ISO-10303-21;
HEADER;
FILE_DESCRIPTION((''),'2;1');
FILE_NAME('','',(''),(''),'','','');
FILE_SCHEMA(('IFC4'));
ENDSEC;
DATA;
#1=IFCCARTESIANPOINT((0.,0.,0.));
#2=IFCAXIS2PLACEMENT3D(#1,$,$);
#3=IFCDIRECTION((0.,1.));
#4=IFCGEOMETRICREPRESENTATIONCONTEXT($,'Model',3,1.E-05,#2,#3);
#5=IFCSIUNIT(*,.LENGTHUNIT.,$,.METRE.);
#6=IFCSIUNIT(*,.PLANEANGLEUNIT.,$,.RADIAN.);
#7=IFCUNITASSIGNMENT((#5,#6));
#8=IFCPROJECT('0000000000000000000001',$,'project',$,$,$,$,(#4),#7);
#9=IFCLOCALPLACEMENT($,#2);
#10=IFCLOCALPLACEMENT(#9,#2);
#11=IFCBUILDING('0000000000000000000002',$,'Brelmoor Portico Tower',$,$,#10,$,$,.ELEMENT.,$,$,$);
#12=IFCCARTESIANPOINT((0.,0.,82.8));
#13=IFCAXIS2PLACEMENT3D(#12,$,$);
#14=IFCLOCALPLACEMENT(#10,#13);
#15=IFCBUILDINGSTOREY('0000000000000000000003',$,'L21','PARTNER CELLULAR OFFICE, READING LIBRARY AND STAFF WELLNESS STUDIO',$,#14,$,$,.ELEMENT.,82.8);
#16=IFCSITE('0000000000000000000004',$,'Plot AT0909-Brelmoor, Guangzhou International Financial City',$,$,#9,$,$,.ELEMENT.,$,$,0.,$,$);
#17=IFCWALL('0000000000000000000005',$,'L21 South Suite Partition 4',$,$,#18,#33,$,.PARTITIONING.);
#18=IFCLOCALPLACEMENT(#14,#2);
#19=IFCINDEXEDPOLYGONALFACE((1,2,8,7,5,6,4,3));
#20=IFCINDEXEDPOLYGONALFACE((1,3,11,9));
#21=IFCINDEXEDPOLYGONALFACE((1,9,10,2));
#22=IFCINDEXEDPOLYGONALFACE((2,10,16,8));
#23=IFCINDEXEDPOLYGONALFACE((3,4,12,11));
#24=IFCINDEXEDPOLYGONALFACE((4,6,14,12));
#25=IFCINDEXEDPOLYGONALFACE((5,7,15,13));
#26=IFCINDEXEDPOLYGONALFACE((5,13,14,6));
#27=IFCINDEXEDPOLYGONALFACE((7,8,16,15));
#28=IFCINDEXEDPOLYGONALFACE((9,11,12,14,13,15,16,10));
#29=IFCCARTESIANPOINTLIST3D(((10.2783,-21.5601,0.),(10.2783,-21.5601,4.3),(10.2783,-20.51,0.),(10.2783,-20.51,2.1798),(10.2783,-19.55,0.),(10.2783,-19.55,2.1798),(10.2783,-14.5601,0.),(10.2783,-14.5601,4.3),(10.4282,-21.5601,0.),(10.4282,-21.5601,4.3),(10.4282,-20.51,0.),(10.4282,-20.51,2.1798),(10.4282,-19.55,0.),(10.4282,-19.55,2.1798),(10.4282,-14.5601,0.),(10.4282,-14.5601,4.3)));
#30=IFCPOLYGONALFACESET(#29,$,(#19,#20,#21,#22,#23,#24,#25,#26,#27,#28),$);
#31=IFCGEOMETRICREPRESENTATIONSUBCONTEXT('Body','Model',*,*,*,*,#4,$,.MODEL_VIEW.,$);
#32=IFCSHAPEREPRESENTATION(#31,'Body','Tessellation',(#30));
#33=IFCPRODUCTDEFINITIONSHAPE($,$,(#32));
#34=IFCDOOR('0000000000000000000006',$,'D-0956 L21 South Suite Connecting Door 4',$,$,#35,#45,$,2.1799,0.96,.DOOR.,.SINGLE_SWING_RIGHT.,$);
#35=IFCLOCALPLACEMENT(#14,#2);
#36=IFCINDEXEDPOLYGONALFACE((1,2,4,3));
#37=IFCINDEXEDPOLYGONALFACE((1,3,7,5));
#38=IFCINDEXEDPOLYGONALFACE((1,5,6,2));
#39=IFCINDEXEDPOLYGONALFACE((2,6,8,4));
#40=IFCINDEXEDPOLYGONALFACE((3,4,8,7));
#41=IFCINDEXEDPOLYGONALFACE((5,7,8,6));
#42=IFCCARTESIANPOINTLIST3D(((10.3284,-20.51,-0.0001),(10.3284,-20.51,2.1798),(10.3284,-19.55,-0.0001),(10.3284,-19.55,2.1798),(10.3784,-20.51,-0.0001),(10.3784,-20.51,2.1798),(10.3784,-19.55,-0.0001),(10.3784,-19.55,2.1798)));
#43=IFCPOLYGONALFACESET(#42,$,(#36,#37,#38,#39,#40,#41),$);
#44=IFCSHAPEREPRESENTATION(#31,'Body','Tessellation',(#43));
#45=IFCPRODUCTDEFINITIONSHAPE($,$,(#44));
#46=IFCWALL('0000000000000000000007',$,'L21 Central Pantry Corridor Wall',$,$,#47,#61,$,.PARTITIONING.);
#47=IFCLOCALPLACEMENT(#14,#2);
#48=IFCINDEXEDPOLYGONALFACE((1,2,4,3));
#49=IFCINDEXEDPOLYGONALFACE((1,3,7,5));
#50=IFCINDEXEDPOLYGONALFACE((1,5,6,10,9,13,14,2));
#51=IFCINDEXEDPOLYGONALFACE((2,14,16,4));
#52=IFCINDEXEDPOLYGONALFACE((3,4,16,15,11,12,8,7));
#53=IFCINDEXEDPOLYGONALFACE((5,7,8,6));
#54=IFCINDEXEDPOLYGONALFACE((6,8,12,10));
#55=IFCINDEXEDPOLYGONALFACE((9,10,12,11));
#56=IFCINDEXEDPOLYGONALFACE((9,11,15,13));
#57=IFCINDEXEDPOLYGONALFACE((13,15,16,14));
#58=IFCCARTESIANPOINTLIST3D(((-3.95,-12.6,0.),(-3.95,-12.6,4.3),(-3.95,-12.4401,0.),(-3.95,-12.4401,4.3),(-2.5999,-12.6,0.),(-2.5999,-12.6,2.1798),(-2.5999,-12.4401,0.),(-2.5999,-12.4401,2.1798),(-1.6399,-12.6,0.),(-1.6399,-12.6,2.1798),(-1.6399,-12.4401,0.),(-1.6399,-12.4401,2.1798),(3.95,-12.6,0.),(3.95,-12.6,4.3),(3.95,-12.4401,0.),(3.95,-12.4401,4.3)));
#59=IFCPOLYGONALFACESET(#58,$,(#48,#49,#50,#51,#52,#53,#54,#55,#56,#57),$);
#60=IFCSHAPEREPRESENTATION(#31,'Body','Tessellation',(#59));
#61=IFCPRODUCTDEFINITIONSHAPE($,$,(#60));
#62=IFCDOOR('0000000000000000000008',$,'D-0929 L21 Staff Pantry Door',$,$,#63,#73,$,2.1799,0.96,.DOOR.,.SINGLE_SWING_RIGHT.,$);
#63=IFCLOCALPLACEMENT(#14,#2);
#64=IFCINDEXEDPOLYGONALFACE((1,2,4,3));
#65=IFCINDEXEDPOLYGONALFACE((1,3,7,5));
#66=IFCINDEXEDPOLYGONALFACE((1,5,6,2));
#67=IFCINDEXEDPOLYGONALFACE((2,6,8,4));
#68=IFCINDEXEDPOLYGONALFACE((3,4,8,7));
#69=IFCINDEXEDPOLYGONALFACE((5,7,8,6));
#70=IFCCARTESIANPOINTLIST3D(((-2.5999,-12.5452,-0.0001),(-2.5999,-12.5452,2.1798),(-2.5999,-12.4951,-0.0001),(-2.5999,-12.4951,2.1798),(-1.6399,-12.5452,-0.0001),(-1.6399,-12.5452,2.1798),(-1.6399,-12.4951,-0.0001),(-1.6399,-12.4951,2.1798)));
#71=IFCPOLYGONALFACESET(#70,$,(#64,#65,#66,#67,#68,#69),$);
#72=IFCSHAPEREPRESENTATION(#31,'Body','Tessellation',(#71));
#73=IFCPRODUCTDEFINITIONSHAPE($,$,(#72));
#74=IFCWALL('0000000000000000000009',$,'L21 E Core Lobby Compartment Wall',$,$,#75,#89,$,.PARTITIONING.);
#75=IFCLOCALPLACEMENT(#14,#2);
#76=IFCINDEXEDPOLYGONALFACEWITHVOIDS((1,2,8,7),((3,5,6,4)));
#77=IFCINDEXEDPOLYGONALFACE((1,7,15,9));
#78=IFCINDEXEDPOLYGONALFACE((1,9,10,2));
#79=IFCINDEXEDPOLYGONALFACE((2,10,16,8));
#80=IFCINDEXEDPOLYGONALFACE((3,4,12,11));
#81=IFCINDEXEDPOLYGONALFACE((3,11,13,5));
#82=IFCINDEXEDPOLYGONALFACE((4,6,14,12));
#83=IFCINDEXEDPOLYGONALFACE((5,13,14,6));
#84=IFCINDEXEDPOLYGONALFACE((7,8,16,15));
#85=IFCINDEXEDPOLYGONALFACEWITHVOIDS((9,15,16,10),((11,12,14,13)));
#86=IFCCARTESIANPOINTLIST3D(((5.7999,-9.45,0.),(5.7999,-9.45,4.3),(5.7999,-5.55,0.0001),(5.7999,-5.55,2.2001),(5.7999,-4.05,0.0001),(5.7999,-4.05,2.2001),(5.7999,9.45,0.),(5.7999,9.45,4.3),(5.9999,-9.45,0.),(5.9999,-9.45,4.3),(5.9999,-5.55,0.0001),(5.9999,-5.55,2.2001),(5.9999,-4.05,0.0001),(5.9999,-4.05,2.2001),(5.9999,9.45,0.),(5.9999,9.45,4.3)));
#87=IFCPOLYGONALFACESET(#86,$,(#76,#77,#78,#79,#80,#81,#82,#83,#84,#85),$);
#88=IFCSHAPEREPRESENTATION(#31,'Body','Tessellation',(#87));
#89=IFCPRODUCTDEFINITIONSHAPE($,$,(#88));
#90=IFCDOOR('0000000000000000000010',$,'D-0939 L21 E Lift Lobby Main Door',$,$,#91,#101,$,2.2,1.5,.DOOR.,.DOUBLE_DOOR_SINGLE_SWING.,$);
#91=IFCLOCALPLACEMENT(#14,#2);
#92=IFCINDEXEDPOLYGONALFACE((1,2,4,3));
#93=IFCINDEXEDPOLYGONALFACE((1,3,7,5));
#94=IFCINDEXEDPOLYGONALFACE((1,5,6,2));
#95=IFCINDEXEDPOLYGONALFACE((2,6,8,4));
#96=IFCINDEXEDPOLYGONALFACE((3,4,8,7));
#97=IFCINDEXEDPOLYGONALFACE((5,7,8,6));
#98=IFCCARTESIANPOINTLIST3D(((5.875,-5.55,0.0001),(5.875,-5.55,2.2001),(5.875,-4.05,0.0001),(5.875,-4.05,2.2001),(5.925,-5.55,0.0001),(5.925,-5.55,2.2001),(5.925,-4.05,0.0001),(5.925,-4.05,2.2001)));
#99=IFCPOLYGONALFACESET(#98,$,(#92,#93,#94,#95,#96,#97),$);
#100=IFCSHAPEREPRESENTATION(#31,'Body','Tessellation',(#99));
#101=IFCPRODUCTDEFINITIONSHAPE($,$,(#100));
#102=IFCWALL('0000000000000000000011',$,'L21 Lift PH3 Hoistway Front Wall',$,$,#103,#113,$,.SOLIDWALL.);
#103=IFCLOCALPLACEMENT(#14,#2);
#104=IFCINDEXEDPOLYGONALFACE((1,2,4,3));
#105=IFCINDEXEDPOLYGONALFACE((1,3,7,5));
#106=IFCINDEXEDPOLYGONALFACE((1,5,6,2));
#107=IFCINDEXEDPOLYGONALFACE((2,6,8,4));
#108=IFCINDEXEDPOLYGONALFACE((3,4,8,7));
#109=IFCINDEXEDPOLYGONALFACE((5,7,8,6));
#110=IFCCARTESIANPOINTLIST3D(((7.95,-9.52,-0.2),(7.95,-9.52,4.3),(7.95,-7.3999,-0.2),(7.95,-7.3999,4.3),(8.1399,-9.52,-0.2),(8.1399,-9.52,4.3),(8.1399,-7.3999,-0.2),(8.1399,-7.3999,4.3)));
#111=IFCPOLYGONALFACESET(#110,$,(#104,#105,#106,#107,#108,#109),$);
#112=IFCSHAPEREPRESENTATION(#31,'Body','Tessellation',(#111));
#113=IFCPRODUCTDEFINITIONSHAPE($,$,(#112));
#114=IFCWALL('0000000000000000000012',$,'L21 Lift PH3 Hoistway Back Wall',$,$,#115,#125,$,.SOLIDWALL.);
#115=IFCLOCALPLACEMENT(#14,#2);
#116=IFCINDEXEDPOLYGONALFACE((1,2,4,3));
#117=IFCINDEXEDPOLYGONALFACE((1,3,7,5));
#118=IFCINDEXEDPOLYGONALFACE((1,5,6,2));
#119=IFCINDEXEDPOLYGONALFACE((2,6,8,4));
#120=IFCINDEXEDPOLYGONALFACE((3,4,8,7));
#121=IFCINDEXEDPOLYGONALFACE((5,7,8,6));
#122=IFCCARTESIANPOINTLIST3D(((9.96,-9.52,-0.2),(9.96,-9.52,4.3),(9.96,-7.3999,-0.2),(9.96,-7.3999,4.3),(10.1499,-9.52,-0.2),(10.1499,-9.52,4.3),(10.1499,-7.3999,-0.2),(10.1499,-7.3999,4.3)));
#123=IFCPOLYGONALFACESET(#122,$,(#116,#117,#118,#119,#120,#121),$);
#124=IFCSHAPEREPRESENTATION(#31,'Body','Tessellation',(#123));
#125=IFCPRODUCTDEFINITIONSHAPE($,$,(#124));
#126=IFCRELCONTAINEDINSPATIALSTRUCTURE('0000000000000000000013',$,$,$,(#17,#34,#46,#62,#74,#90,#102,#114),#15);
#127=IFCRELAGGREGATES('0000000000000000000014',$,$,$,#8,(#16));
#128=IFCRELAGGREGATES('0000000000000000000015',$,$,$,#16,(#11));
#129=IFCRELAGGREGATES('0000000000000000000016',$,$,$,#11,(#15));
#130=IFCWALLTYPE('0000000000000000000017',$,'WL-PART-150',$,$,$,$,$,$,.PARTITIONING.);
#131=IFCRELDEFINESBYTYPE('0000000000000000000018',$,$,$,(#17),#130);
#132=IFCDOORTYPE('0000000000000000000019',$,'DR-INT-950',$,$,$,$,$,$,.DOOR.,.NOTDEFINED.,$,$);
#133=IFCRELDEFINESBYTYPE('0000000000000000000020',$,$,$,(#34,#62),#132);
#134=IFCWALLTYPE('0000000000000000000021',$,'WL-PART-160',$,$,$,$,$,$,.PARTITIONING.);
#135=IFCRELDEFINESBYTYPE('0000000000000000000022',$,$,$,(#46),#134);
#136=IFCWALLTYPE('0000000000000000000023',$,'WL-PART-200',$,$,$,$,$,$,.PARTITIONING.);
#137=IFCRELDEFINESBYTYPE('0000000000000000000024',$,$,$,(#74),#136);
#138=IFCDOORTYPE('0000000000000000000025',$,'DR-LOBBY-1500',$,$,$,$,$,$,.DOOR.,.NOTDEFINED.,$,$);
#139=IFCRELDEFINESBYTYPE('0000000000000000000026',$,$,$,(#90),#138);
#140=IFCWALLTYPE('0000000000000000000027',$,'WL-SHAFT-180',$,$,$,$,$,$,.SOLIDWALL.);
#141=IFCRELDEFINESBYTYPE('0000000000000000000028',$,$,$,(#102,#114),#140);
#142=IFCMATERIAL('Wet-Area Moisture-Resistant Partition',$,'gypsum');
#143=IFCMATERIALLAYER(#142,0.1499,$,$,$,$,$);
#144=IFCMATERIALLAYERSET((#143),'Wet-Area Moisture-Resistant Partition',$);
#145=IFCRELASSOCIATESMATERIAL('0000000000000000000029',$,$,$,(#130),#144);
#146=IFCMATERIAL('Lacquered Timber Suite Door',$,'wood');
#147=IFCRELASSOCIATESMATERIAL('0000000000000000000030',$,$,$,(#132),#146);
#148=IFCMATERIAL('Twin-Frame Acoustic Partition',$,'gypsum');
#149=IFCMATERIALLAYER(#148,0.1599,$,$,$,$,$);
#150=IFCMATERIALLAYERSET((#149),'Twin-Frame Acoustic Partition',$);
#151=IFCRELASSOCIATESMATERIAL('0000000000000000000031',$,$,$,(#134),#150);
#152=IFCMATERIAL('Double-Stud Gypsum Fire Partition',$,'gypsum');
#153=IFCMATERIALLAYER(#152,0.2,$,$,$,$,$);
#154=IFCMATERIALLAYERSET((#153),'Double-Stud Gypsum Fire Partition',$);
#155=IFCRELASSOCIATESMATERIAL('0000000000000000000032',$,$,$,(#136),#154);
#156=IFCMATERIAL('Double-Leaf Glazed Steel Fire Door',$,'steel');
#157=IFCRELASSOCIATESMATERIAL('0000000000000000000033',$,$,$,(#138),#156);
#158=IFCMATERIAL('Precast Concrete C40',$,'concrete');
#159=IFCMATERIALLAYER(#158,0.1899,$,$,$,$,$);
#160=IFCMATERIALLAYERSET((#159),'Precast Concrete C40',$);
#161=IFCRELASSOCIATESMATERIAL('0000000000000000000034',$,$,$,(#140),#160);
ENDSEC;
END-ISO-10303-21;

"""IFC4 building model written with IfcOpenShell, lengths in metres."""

from ifc_helpers import new_model, si_unit, direction, frame, frame_2d, origin, place, context, subcontext, project, spatial, rectangle, extrude, material, layer, layer_set, type_object, element, fill, save


model = new_model("IFC4")

# Units and contexts
model_context = context("Model", 3, precision=1e-05, world=origin(), true_north=direction((0.0, 1.0)))
body_context = subcontext(model_context, "Body", "Model", "MODEL_VIEW")
ifc_project = project(units=[si_unit("LENGTHUNIT", "METRE"), si_unit("PLANEANGLEUNIT", "RADIAN")], contexts=[model_context])

# Site, building, storey
site_placement = place(None, origin())
site = spatial("IfcSite", under=ifc_project, at=site_placement, Name="Plot AT0909-Brelmoor, Guangzhou International Financial City", CompositionType="ELEMENT", RefElevation=0.0)
building_placement = place(site_placement, origin())
building = spatial("IfcBuilding", under=site, at=building_placement, Name="Brelmoor Portico Tower", CompositionType="ELEMENT")
storey_placement = place(building_placement, frame((0.0, 0.0, 82.8)))
storey = spatial("IfcBuildingStorey", under=building, at=storey_placement, Name="L21", Description="PARTNER CELLULAR OFFICE, READING LIBRARY AND STAFF WELLNESS STUDIO", CompositionType="ELEMENT", Elevation=82.8)

# Shared definitions
ifc_material_1 = material(Name="Wet-Area Moisture-Resistant Partition", Category="gypsum")
ifc_layer_1 = layer(ifc_material_1, 0.1499)
ifc_layer_set_1 = layer_set([ifc_layer_1], Name="Wet-Area Moisture-Resistant Partition")
wall_type_1 = type_object("IfcWallType", Name="WL-PART-150", PredefinedType="PARTITIONING", material=ifc_layer_set_1)

# Walls, openings, doors
ifc_material_2 = material(Name="Lacquered Timber Suite Door", Category="wood")
door_type_1 = type_object("IfcDoorType", Name="DR-INT-950", OperationType="NOTDEFINED", PredefinedType="DOOR", material=ifc_material_2)
wall_1_placement = place(storey_placement, frame((10.3533, -21.5601, 0.0), z_axis=(0.0, 0.0, 1.0), x_axis=(0.0, 1.0, 0.0)))
wall_1 = element("IfcWall", 1, at=wall_1_placement, inside=storey, type_object=wall_type_1, Name="L21 South Suite Partition 4", PredefinedType="PARTITIONING", context=body_context, shape_type="SweptSolid", body=[
    extrude(rectangle(XDim=7.0, YDim=0.1499, at=frame_2d((3.5, 0.0))), origin(), (0.0, 0.0, 1.0), 4.3),
])
opening_1_placement = place(wall_1_placement, frame((1.05, 0.0, 0.0)))
opening_1 = element("IfcOpeningElement", 2, at=opening_1_placement, cuts=wall_1, PredefinedType="OPENING", context=body_context, shape_type="SweptSolid", body=[
    extrude(rectangle(XDim=0.96, YDim=2.1799, at=frame_2d((0.48, 1.0898))), frame((0.0, 0.085, 0.0), z_axis=(0.0, -1.0, 0.0), x_axis=(1.0, 0.0, 0.0)), (0.0, 0.0, 1.0), 0.1699),
])
door_1_placement = place(opening_1_placement, origin())
door_1 = element("IfcDoor", 3, at=door_1_placement, inside=storey, type_object=door_type_1, Name="D-0956 L21 South Suite Connecting Door 4", OperationType="SINGLE_SWING_RIGHT", OverallHeight=2.1799, OverallWidth=0.96, PredefinedType="DOOR", context=body_context, shape_type="SweptSolid", body=[
    extrude(rectangle(XDim=0.96, YDim=2.1799, at=frame_2d((0.48, 1.0898))), frame((0.0, 0.0249, 0.0), z_axis=(0.0, -1.0, 0.0), x_axis=(1.0, 0.0, 0.0)), (0.0, 0.0, 1.0), 0.05),
])
fill(opening_1, door_1)
ifc_material_3 = material(Name="Twin-Frame Acoustic Partition", Category="gypsum")
ifc_layer_2 = layer(ifc_material_3, 0.1599)
ifc_layer_set_2 = layer_set([ifc_layer_2], Name="Twin-Frame Acoustic Partition")
wall_type_2 = type_object("IfcWallType", Name="WL-PART-160", PredefinedType="PARTITIONING", material=ifc_layer_set_2)
wall_2_placement = place(storey_placement, frame((-3.95, -12.52, 0.0), z_axis=(0.0, 0.0, 1.0), x_axis=(1.0, 0.0, 0.0)))
wall_2 = element("IfcWall", 4, at=wall_2_placement, inside=storey, type_object=wall_type_2, Name="L21 Central Pantry Corridor Wall", PredefinedType="PARTITIONING", context=body_context, shape_type="SweptSolid", body=[
    extrude(rectangle(XDim=7.8999, YDim=0.1599, at=frame_2d((3.95, 0.0))), origin(), (0.0, 0.0, 1.0), 4.3),
])
opening_2_placement = place(wall_2_placement, frame((1.3501, 0.0, 0.0)))
opening_2 = element("IfcOpeningElement", 5, at=opening_2_placement, cuts=wall_2, PredefinedType="OPENING", context=body_context, shape_type="SweptSolid", body=[
    extrude(rectangle(XDim=0.96, YDim=2.1799, at=frame_2d((0.48, 1.0898))), frame((0.0, 0.0898, 0.0), z_axis=(0.0, -1.0, 0.0), x_axis=(1.0, 0.0, 0.0)), (0.0, 0.0, 1.0), 0.1799),
])
door_2_placement = place(opening_2_placement, origin())
door_2 = element("IfcDoor", 6, at=door_2_placement, inside=storey, type_object=door_type_1, Name="D-0929 L21 Staff Pantry Door", OperationType="SINGLE_SWING_RIGHT", OverallHeight=2.1799, OverallWidth=0.96, PredefinedType="DOOR", context=body_context, shape_type="SweptSolid", body=[
    extrude(rectangle(XDim=0.96, YDim=2.1799, at=frame_2d((0.48, 1.0898))), frame((0.0, 0.0249, 0.0), z_axis=(0.0, -1.0, 0.0), x_axis=(1.0, 0.0, 0.0)), (0.0, 0.0, 1.0), 0.05),
])
fill(opening_2, door_2)
ifc_material_4 = material(Name="Double-Stud Gypsum Fire Partition", Category="gypsum")
ifc_layer_3 = layer(ifc_material_4, 0.2)
ifc_layer_set_3 = layer_set([ifc_layer_3], Name="Double-Stud Gypsum Fire Partition")
wall_type_3 = type_object("IfcWallType", Name="WL-PART-200", PredefinedType="PARTITIONING", material=ifc_layer_set_3)
wall_3_placement = place(storey_placement, frame((5.8999, -9.45, 0.0), z_axis=(0.0, 0.0, 1.0), x_axis=(0.0, 1.0, 0.0)))
wall_3 = element("IfcWall", 7, at=wall_3_placement, inside=storey, type_object=wall_type_3, Name="L21 E Core Lobby Compartment Wall", PredefinedType="PARTITIONING", context=body_context, shape_type="SweptSolid", body=[
    extrude(rectangle(XDim=18.8999, YDim=0.2, at=frame_2d((9.45, 0.0))), origin(), (0.0, 0.0, 1.0), 4.3),
])
opening_3_placement = place(wall_3_placement, frame((3.8999, 0.0, 0.0)))
opening_3 = element("IfcOpeningElement", 8, at=opening_3_placement, cuts=wall_3, PredefinedType="OPENING", context=body_context, shape_type="SweptSolid", body=[
    extrude(rectangle(XDim=1.5, YDim=2.2, at=frame_2d((0.75, 1.1001))), frame((0.0, 0.1099, 0.0), z_axis=(0.0, -1.0, 0.0), x_axis=(1.0, 0.0, 0.0)), (0.0, 0.0, 1.0), 0.22),
])
ifc_material_5 = material(Name="Double-Leaf Glazed Steel Fire Door", Category="steel")
door_type_2 = type_object("IfcDoorType", Name="DR-LOBBY-1500", OperationType="NOTDEFINED", PredefinedType="DOOR", material=ifc_material_5)
door_3_placement = place(opening_3_placement, origin())
door_3 = element("IfcDoor", 9, at=door_3_placement, inside=storey, type_object=door_type_2, Name="D-0939 L21 E Lift Lobby Main Door", OperationType="DOUBLE_DOOR_SINGLE_SWING", OverallHeight=2.2, OverallWidth=1.5, PredefinedType="DOOR", context=body_context, shape_type="SweptSolid", body=[
    extrude(rectangle(XDim=1.5, YDim=2.2, at=frame_2d((0.75, 1.1001))), frame((0.0, 0.0249, 0.0), z_axis=(0.0, -1.0, 0.0), x_axis=(1.0, 0.0, 0.0)), (0.0, 0.0, 1.0), 0.05),
])
fill(opening_3, door_3)

# Walls
ifc_material_6 = material(Name="Precast Concrete C40", Category="concrete")
ifc_layer_4 = layer(ifc_material_6, 0.1899)
ifc_layer_set_4 = layer_set([ifc_layer_4], Name="Precast Concrete C40")
wall_type_4 = type_object("IfcWallType", Name="WL-SHAFT-180", PredefinedType="SOLIDWALL", material=ifc_layer_set_4)
for number, where, z_axis, x_axis, name in (
    (10, (8.0449, -9.52, -0.2), (0.0, 0.0, 1.0), (0.0, 1.0, 0.0), "L21 Lift PH3 Hoistway Front Wall"),
    (11, (10.0549, -9.52, -0.2), (0.0, 0.0, 1.0), (0.0, 1.0, 0.0), "L21 Lift PH3 Hoistway Back Wall"),
):
    element("IfcWall", number, at=place(storey_placement, frame(where, z_axis=z_axis, x_axis=x_axis)), inside=storey, type_object=wall_type_4, Name=name, PredefinedType="SOLIDWALL", context=body_context, shape_type="SweptSolid", body=[
        extrude(rectangle(XDim=2.1201, YDim=0.1899, at=frame_2d((1.0601, 0.0))), origin(), (0.0, 0.0, 1.0), 4.5),
    ])

save(model, "model.ifc")
